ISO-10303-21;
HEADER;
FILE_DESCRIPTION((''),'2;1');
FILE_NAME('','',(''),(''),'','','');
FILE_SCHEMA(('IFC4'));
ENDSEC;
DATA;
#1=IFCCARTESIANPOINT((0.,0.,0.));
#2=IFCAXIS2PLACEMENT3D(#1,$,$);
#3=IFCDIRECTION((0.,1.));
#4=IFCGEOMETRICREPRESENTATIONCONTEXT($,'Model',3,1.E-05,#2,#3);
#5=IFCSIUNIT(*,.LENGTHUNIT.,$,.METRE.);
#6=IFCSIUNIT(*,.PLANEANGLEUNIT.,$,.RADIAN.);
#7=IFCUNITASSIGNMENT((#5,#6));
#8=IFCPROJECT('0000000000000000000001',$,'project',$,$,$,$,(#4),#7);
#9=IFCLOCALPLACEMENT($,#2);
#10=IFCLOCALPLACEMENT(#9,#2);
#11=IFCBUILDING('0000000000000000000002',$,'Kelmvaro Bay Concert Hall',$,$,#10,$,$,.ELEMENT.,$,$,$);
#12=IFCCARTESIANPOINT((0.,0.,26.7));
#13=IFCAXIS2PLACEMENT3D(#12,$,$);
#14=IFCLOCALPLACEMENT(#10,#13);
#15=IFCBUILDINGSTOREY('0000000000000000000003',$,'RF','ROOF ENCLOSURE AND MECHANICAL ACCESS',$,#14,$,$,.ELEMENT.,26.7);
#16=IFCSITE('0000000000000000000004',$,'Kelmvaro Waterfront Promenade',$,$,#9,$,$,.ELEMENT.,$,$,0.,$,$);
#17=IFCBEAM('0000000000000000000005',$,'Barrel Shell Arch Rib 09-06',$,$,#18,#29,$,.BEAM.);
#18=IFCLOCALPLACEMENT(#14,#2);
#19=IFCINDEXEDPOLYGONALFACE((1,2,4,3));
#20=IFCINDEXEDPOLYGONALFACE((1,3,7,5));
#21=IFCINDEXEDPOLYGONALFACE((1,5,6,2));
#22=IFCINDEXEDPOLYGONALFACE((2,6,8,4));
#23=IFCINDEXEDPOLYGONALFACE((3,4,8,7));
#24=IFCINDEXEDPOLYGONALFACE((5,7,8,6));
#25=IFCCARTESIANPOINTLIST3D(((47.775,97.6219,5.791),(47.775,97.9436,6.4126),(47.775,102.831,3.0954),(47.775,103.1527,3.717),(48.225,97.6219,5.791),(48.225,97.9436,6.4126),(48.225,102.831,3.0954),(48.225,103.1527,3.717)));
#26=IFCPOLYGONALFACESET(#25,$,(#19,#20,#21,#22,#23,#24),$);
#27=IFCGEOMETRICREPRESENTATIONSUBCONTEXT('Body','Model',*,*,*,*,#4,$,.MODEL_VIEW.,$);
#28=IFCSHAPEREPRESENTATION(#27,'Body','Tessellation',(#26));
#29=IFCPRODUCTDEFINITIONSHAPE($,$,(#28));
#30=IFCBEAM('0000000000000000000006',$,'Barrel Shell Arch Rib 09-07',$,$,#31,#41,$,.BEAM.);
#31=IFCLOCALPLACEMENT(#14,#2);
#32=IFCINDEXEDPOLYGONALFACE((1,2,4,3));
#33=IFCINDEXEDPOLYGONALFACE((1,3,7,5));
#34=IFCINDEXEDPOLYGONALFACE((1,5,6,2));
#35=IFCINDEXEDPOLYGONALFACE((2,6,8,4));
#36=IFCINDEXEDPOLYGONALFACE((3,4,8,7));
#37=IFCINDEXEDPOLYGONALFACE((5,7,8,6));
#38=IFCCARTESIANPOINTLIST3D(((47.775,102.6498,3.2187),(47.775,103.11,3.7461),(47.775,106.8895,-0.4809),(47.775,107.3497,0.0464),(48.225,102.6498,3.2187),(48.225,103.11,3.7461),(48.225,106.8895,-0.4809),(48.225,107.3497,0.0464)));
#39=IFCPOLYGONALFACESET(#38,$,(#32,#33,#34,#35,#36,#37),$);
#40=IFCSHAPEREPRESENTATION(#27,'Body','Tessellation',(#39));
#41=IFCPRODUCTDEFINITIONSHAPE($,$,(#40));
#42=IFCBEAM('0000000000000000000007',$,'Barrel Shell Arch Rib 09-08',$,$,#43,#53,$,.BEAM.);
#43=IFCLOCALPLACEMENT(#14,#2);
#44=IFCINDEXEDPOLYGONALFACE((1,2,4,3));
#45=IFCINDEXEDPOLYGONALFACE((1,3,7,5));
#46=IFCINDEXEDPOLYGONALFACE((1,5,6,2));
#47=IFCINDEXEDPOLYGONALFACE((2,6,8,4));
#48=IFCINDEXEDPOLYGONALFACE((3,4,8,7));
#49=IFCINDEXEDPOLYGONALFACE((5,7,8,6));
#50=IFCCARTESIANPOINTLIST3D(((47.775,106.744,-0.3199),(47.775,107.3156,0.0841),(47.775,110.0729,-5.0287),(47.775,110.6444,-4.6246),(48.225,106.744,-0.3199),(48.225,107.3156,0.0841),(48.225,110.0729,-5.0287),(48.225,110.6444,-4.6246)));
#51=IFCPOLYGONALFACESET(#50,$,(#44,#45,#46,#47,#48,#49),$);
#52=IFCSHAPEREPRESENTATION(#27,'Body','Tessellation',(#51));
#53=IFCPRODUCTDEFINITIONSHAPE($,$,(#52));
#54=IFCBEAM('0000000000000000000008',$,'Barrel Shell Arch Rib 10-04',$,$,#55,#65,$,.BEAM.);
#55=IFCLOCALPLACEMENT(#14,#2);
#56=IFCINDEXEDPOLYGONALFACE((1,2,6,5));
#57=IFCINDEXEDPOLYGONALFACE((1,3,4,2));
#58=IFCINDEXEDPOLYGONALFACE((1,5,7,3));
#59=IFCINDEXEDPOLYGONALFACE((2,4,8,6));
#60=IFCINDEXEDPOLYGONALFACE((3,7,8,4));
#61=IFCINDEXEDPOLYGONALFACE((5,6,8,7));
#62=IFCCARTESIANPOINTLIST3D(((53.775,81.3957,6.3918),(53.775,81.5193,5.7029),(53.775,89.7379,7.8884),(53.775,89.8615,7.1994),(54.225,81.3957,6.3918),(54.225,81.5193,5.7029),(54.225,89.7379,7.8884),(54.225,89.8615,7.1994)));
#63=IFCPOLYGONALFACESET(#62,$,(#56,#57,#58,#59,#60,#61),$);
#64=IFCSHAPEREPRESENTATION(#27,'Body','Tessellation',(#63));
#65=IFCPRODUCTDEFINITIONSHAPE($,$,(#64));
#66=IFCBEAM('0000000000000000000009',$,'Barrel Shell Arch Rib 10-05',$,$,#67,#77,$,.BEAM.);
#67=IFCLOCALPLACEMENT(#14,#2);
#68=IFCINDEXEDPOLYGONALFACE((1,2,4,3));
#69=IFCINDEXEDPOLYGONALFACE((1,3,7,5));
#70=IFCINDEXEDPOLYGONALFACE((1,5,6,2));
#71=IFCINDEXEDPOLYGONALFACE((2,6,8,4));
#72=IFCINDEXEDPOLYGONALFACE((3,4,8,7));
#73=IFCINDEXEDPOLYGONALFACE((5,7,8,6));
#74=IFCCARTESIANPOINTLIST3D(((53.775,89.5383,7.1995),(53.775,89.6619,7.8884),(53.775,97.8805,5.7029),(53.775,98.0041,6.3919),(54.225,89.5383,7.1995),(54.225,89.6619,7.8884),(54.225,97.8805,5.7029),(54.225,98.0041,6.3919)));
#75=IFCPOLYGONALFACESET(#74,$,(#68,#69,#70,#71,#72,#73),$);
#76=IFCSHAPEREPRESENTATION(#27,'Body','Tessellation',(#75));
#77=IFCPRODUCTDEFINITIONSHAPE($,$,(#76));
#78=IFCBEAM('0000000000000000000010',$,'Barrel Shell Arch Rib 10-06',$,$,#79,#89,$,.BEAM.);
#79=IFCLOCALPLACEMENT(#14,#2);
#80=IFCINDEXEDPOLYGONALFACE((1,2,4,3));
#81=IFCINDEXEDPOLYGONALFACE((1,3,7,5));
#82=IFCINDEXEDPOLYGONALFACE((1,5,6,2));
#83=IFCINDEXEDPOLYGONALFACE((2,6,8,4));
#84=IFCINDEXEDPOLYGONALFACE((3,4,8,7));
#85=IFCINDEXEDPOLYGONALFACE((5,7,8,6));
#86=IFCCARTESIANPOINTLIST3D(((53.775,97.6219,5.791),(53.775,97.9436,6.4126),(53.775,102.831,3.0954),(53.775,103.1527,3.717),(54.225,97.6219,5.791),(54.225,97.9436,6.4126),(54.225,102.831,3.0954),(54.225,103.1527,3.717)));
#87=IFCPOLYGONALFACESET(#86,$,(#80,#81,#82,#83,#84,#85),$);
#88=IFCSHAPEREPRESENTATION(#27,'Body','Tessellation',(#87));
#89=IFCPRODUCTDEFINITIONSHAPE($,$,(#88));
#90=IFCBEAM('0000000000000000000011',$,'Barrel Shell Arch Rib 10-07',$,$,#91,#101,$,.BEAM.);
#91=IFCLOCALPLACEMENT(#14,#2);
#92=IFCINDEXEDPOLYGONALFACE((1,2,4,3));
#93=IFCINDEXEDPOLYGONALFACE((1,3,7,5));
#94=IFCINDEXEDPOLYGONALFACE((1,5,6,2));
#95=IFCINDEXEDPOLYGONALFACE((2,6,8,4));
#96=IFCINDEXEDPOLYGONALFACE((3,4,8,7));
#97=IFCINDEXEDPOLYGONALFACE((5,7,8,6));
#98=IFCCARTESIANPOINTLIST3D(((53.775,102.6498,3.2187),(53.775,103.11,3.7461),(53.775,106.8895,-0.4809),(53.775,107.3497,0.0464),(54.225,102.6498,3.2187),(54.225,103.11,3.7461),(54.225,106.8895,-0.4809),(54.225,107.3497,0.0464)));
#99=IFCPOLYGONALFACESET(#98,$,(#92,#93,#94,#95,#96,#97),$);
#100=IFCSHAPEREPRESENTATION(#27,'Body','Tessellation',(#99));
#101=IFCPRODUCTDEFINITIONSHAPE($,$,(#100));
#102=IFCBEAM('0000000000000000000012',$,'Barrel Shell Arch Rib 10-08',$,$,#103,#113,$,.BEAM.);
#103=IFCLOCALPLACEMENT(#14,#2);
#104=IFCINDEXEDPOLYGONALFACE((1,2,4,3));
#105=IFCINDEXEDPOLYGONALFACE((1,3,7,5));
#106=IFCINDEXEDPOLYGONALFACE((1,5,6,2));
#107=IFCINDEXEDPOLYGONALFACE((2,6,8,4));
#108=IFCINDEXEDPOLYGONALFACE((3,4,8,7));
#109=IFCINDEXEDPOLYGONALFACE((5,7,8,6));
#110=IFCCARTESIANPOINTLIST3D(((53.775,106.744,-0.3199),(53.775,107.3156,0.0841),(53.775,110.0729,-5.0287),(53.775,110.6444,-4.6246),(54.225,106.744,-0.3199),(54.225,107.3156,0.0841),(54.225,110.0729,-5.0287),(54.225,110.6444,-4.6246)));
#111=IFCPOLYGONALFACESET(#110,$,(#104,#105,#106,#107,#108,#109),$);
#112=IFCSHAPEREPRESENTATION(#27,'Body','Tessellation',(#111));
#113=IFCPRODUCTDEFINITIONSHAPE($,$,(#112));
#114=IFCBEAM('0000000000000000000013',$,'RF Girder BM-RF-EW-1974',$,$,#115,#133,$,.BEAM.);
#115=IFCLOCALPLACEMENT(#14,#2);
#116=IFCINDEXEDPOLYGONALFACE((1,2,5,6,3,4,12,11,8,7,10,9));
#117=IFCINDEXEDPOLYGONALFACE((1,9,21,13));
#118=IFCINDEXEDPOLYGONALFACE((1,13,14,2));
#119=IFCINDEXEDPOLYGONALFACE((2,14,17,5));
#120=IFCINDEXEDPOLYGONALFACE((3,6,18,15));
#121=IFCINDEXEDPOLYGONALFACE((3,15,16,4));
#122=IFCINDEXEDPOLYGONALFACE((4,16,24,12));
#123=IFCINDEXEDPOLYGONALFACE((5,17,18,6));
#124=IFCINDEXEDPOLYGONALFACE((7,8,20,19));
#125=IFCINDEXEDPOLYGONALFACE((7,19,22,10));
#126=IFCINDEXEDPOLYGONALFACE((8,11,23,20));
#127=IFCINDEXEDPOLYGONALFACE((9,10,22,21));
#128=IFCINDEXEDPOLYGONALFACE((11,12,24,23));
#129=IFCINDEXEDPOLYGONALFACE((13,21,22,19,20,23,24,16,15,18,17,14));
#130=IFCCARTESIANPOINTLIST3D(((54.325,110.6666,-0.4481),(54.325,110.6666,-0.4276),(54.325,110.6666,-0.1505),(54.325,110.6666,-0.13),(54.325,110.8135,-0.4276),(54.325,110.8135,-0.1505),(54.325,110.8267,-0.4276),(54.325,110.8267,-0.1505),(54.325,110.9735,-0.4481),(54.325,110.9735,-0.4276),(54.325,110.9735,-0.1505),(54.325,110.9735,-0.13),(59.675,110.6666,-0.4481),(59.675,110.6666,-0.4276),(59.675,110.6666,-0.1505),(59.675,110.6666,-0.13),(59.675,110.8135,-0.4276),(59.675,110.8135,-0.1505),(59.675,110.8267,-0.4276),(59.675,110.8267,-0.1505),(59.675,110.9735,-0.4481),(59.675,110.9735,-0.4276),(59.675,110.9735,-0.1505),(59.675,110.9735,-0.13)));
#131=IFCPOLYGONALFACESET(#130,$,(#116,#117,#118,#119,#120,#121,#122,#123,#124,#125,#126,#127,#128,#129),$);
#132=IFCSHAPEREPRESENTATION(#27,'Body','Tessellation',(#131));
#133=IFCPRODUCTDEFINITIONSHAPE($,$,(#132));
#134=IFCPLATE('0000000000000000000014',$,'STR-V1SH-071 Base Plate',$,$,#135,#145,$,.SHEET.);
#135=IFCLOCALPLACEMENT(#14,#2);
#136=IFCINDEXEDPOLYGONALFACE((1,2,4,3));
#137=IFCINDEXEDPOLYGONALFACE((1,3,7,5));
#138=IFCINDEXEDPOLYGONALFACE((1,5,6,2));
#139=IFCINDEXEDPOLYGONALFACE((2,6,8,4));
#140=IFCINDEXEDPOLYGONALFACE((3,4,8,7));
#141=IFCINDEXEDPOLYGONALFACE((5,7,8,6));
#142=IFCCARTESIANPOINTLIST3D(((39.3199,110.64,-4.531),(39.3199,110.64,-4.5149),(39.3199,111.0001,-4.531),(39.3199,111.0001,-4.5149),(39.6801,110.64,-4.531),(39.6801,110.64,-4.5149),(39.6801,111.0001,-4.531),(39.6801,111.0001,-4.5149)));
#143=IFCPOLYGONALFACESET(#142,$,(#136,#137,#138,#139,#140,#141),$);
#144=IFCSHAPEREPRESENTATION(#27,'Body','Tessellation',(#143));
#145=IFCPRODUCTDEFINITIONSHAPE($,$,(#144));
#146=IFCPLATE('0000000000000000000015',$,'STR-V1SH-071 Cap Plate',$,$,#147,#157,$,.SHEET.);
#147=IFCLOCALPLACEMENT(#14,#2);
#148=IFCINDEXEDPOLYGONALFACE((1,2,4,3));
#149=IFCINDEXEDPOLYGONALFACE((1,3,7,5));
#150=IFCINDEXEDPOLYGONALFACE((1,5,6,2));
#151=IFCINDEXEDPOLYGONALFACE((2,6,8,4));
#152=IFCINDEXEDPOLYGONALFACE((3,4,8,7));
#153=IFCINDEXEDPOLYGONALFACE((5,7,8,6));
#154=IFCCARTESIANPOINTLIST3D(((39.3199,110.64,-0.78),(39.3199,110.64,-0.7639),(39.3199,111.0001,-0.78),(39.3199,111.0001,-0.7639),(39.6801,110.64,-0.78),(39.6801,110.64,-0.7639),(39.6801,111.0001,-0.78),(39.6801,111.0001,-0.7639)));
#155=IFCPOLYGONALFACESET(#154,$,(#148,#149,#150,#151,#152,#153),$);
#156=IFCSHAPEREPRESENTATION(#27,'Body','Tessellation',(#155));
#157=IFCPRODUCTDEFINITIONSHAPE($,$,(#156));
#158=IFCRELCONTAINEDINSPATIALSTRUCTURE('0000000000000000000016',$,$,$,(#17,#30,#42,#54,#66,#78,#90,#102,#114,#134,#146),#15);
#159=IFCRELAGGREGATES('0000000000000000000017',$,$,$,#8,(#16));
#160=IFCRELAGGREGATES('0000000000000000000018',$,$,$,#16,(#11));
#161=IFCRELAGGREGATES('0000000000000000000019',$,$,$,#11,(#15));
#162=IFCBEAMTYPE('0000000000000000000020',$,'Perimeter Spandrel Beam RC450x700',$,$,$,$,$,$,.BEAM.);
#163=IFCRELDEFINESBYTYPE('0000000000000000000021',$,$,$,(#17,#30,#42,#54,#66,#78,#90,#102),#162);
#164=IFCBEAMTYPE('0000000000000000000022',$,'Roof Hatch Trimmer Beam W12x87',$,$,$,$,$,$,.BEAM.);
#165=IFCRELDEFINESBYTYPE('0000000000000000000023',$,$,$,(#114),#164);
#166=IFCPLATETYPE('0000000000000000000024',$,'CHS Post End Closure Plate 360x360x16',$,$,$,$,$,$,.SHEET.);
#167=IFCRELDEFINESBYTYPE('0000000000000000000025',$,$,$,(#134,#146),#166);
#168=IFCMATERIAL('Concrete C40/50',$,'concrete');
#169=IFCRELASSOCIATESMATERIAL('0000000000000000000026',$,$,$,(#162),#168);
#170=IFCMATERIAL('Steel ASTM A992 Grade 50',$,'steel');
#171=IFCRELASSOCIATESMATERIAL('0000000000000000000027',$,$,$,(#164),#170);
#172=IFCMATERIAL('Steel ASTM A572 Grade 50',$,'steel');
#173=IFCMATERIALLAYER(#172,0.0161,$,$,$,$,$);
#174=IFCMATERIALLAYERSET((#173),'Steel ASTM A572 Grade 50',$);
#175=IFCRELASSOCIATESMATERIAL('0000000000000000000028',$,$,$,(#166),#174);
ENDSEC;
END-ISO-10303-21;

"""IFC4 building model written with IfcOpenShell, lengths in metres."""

from ifc_helpers import new_model, si_unit, direction, frame, origin, origin_2d, place, context, subcontext, project, spatial, rectangle, i_section, extrude, material, layer, layer_set, material_profile, profile_set, type_object, element, save


model = new_model("IFC4")

# Units and contexts
model_context = context("Model", 3, precision=1e-05, world=origin(), true_north=direction((0.0, 1.0)))
body_context = subcontext(model_context, "Body", "Model", "MODEL_VIEW")
ifc_project = project(units=[si_unit("LENGTHUNIT", "METRE"), si_unit("PLANEANGLEUNIT", "RADIAN")], contexts=[model_context])

# Site, building, storey
site_placement = place(None, origin())
site = spatial("IfcSite", under=ifc_project, at=site_placement, Name="Kelmvaro Waterfront Promenade", CompositionType="ELEMENT", RefElevation=0.0)
building_placement = place(site_placement, origin())
building = spatial("IfcBuilding", under=site, at=building_placement, Name="Kelmvaro Bay Concert Hall", CompositionType="ELEMENT")
storey_placement = place(building_placement, frame((0.0, 0.0, 26.7)))
storey = spatial("IfcBuildingStorey", under=building, at=storey_placement, Name="RF", Description="ROOF ENCLOSURE AND MECHANICAL ACCESS", CompositionType="ELEMENT", Elevation=26.7)

# Beams
ifc_material_1 = material(Name="Concrete C40/50", Category="concrete")
ifc_material_profile_1 = material_profile(ifc_material_1, rectangle(XDim=0.45, YDim=0.7, at=origin_2d()), Name="RC-BM-450X700")
ifc_profile_set_1 = profile_set([ifc_material_profile_1], Name="Concrete C40/50")
beam_type_1 = type_object("IfcBeamType", Name="Perimeter Spandrel Beam RC450x700", PredefinedType="BEAM", material=ifc_profile_set_1)
beam_1_placement = place(storey_placement, frame((48.0, 97.7827, 6.1018), z_axis=(0.0, 0.88813, -0.459592), x_axis=(-1.0, 0.0, 0.0)))
element("IfcBeam", 1, at=beam_1_placement, inside=storey, type_object=beam_type_1, Name="Barrel Shell Arch Rib 09-06", PredefinedType="BEAM", context=body_context, shape_type="SweptSolid", body=[
    extrude(rectangle(XDim=0.45, YDim=0.7, at=origin_2d()), origin(), (0.0, 0.0, 1.0), 5.8652),
])
beam_2_placement = place(storey_placement, frame((48.0, 102.8799, 3.4824), z_axis=(0.0, 0.753463, -0.65749), x_axis=(-1.0, 0.0, 0.0)))
element("IfcBeam", 2, at=beam_2_placement, inside=storey, type_object=beam_type_1, Name="Barrel Shell Arch Rib 09-07", PredefinedType="BEAM", context=body_context, shape_type="SweptSolid", body=[
    extrude(rectangle(XDim=0.45, YDim=0.7, at=origin_2d()), origin(), (0.0, 0.0, 1.0), 5.627),
])
beam_3_placement = place(storey_placement, frame((48.0, 107.0298, -0.1179), z_axis=(0.0, 0.577266, -0.816556), x_axis=(-1.0, 0.0, 0.0)))
element("IfcBeam", 3, at=beam_3_placement, inside=storey, type_object=beam_type_1, Name="Barrel Shell Arch Rib 09-08", PredefinedType="BEAM", context=body_context, shape_type="SweptSolid", body=[
    extrude(rectangle(XDim=0.45, YDim=0.7, at=origin_2d()), origin(), (0.0, 0.0, 1.0), 5.7666),
])
for number, where, z_axis, x_axis, name in (
    (4, (54.0, 81.4575, 6.0474), (0.0, 0.984287, 0.176578), (-1.0, 0.0, 0.0), "Barrel Shell Arch Rib 10-04"),
    (5, (54.0, 89.6001, 7.5439), (0.0, 0.984287, -0.176578), (-1.0, 0.0, 0.0), "Barrel Shell Arch Rib 10-05"),
):
    element("IfcBeam", number, at=place(storey_placement, frame(where, z_axis=z_axis, x_axis=x_axis)), inside=storey, type_object=beam_type_1, Name=name, PredefinedType="BEAM", context=body_context, shape_type="SweptSolid", body=[
        extrude(rectangle(XDim=0.45, YDim=0.7, at=origin_2d()), origin(), (0.0, 0.0, 1.0), 8.4753),
    ])
beam_4_placement = place(storey_placement, frame((54.0, 97.7827, 6.1018), z_axis=(0.0, 0.88813, -0.459592), x_axis=(-1.0, 0.0, 0.0)))
element("IfcBeam", 6, at=beam_4_placement, inside=storey, type_object=beam_type_1, Name="Barrel Shell Arch Rib 10-06", PredefinedType="BEAM", context=body_context, shape_type="SweptSolid", body=[
    extrude(rectangle(XDim=0.45, YDim=0.7, at=origin_2d()), origin(), (0.0, 0.0, 1.0), 5.8652),
])
beam_5_placement = place(storey_placement, frame((54.0, 102.8799, 3.4824), z_axis=(0.0, 0.753463, -0.65749), x_axis=(-1.0, 0.0, 0.0)))
element("IfcBeam", 7, at=beam_5_placement, inside=storey, type_object=beam_type_1, Name="Barrel Shell Arch Rib 10-07", PredefinedType="BEAM", context=body_context, shape_type="SweptSolid", body=[
    extrude(rectangle(XDim=0.45, YDim=0.7, at=origin_2d()), origin(), (0.0, 0.0, 1.0), 5.627),
])
beam_6_placement = place(storey_placement, frame((54.0, 107.0298, -0.1179), z_axis=(0.0, 0.577266, -0.816556), x_axis=(-1.0, 0.0, 0.0)))
element("IfcBeam", 8, at=beam_6_placement, inside=storey, type_object=beam_type_1, Name="Barrel Shell Arch Rib 10-08", PredefinedType="BEAM", context=body_context, shape_type="SweptSolid", body=[
    extrude(rectangle(XDim=0.45, YDim=0.7, at=origin_2d()), origin(), (0.0, 0.0, 1.0), 5.7666),
])
ifc_material_2 = material(Name="Steel ASTM A992 Grade 50", Category="steel")
ifc_material_profile_2 = material_profile(ifc_material_2, i_section(OverallWidth=0.3069, OverallDepth=0.3181, WebThickness=0.0132, FlangeThickness=0.0205, at=origin_2d()), Name="W12X87")
ifc_profile_set_2 = profile_set([ifc_material_profile_2], Name="Steel ASTM A992 Grade 50")
beam_type_2 = type_object("IfcBeamType", Name="Roof Hatch Trimmer Beam W12x87", PredefinedType="BEAM", material=ifc_profile_set_2)
beam_7_placement = place(storey_placement, frame((54.325, 110.8201, -0.2891), z_axis=(1.0, 0.0, 0.0), x_axis=(0.0, 1.0, 0.0)))
element("IfcBeam", 9, at=beam_7_placement, inside=storey, type_object=beam_type_2, Name="RF Girder BM-RF-EW-1974", PredefinedType="BEAM", context=body_context, shape_type="SweptSolid", body=[
    extrude(i_section(OverallWidth=0.3069, OverallDepth=0.3181, WebThickness=0.0132, FlangeThickness=0.0205, at=origin_2d()), origin(), (0.0, 0.0, 1.0), 5.3501),
])

# Plates
ifc_material_3 = material(Name="Steel ASTM A572 Grade 50", Category="steel")
ifc_layer = layer(ifc_material_3, 0.0161)
ifc_layer_set = layer_set([ifc_layer], Name="Steel ASTM A572 Grade 50")
plate_type = type_object("IfcPlateType", Name="CHS Post End Closure Plate 360x360x16", PredefinedType="SHEET", material=ifc_layer_set)
for number, where, z_axis, x_axis, name in (
    (10, (39.5, 110.8201, -4.531), (0.0, 0.0, 1.0), (1.0, 0.0, 0.0), "STR-V1SH-071 Base Plate"),
    (11, (39.5, 110.8201, -0.78), (0.0, 0.0, 1.0), (1.0, 0.0, 0.0), "STR-V1SH-071 Cap Plate"),
):
    element("IfcPlate", number, at=place(storey_placement, frame(where, z_axis=z_axis, x_axis=x_axis)), inside=storey, type_object=plate_type, Name=name, PredefinedType="SHEET", context=body_context, shape_type="SweptSolid", body=[
        extrude(rectangle(XDim=0.3601, YDim=0.3601, at=origin_2d()), origin(), (0.0, 0.0, 1.0), 0.0161),
    ])

save(model, "model.ifc")
